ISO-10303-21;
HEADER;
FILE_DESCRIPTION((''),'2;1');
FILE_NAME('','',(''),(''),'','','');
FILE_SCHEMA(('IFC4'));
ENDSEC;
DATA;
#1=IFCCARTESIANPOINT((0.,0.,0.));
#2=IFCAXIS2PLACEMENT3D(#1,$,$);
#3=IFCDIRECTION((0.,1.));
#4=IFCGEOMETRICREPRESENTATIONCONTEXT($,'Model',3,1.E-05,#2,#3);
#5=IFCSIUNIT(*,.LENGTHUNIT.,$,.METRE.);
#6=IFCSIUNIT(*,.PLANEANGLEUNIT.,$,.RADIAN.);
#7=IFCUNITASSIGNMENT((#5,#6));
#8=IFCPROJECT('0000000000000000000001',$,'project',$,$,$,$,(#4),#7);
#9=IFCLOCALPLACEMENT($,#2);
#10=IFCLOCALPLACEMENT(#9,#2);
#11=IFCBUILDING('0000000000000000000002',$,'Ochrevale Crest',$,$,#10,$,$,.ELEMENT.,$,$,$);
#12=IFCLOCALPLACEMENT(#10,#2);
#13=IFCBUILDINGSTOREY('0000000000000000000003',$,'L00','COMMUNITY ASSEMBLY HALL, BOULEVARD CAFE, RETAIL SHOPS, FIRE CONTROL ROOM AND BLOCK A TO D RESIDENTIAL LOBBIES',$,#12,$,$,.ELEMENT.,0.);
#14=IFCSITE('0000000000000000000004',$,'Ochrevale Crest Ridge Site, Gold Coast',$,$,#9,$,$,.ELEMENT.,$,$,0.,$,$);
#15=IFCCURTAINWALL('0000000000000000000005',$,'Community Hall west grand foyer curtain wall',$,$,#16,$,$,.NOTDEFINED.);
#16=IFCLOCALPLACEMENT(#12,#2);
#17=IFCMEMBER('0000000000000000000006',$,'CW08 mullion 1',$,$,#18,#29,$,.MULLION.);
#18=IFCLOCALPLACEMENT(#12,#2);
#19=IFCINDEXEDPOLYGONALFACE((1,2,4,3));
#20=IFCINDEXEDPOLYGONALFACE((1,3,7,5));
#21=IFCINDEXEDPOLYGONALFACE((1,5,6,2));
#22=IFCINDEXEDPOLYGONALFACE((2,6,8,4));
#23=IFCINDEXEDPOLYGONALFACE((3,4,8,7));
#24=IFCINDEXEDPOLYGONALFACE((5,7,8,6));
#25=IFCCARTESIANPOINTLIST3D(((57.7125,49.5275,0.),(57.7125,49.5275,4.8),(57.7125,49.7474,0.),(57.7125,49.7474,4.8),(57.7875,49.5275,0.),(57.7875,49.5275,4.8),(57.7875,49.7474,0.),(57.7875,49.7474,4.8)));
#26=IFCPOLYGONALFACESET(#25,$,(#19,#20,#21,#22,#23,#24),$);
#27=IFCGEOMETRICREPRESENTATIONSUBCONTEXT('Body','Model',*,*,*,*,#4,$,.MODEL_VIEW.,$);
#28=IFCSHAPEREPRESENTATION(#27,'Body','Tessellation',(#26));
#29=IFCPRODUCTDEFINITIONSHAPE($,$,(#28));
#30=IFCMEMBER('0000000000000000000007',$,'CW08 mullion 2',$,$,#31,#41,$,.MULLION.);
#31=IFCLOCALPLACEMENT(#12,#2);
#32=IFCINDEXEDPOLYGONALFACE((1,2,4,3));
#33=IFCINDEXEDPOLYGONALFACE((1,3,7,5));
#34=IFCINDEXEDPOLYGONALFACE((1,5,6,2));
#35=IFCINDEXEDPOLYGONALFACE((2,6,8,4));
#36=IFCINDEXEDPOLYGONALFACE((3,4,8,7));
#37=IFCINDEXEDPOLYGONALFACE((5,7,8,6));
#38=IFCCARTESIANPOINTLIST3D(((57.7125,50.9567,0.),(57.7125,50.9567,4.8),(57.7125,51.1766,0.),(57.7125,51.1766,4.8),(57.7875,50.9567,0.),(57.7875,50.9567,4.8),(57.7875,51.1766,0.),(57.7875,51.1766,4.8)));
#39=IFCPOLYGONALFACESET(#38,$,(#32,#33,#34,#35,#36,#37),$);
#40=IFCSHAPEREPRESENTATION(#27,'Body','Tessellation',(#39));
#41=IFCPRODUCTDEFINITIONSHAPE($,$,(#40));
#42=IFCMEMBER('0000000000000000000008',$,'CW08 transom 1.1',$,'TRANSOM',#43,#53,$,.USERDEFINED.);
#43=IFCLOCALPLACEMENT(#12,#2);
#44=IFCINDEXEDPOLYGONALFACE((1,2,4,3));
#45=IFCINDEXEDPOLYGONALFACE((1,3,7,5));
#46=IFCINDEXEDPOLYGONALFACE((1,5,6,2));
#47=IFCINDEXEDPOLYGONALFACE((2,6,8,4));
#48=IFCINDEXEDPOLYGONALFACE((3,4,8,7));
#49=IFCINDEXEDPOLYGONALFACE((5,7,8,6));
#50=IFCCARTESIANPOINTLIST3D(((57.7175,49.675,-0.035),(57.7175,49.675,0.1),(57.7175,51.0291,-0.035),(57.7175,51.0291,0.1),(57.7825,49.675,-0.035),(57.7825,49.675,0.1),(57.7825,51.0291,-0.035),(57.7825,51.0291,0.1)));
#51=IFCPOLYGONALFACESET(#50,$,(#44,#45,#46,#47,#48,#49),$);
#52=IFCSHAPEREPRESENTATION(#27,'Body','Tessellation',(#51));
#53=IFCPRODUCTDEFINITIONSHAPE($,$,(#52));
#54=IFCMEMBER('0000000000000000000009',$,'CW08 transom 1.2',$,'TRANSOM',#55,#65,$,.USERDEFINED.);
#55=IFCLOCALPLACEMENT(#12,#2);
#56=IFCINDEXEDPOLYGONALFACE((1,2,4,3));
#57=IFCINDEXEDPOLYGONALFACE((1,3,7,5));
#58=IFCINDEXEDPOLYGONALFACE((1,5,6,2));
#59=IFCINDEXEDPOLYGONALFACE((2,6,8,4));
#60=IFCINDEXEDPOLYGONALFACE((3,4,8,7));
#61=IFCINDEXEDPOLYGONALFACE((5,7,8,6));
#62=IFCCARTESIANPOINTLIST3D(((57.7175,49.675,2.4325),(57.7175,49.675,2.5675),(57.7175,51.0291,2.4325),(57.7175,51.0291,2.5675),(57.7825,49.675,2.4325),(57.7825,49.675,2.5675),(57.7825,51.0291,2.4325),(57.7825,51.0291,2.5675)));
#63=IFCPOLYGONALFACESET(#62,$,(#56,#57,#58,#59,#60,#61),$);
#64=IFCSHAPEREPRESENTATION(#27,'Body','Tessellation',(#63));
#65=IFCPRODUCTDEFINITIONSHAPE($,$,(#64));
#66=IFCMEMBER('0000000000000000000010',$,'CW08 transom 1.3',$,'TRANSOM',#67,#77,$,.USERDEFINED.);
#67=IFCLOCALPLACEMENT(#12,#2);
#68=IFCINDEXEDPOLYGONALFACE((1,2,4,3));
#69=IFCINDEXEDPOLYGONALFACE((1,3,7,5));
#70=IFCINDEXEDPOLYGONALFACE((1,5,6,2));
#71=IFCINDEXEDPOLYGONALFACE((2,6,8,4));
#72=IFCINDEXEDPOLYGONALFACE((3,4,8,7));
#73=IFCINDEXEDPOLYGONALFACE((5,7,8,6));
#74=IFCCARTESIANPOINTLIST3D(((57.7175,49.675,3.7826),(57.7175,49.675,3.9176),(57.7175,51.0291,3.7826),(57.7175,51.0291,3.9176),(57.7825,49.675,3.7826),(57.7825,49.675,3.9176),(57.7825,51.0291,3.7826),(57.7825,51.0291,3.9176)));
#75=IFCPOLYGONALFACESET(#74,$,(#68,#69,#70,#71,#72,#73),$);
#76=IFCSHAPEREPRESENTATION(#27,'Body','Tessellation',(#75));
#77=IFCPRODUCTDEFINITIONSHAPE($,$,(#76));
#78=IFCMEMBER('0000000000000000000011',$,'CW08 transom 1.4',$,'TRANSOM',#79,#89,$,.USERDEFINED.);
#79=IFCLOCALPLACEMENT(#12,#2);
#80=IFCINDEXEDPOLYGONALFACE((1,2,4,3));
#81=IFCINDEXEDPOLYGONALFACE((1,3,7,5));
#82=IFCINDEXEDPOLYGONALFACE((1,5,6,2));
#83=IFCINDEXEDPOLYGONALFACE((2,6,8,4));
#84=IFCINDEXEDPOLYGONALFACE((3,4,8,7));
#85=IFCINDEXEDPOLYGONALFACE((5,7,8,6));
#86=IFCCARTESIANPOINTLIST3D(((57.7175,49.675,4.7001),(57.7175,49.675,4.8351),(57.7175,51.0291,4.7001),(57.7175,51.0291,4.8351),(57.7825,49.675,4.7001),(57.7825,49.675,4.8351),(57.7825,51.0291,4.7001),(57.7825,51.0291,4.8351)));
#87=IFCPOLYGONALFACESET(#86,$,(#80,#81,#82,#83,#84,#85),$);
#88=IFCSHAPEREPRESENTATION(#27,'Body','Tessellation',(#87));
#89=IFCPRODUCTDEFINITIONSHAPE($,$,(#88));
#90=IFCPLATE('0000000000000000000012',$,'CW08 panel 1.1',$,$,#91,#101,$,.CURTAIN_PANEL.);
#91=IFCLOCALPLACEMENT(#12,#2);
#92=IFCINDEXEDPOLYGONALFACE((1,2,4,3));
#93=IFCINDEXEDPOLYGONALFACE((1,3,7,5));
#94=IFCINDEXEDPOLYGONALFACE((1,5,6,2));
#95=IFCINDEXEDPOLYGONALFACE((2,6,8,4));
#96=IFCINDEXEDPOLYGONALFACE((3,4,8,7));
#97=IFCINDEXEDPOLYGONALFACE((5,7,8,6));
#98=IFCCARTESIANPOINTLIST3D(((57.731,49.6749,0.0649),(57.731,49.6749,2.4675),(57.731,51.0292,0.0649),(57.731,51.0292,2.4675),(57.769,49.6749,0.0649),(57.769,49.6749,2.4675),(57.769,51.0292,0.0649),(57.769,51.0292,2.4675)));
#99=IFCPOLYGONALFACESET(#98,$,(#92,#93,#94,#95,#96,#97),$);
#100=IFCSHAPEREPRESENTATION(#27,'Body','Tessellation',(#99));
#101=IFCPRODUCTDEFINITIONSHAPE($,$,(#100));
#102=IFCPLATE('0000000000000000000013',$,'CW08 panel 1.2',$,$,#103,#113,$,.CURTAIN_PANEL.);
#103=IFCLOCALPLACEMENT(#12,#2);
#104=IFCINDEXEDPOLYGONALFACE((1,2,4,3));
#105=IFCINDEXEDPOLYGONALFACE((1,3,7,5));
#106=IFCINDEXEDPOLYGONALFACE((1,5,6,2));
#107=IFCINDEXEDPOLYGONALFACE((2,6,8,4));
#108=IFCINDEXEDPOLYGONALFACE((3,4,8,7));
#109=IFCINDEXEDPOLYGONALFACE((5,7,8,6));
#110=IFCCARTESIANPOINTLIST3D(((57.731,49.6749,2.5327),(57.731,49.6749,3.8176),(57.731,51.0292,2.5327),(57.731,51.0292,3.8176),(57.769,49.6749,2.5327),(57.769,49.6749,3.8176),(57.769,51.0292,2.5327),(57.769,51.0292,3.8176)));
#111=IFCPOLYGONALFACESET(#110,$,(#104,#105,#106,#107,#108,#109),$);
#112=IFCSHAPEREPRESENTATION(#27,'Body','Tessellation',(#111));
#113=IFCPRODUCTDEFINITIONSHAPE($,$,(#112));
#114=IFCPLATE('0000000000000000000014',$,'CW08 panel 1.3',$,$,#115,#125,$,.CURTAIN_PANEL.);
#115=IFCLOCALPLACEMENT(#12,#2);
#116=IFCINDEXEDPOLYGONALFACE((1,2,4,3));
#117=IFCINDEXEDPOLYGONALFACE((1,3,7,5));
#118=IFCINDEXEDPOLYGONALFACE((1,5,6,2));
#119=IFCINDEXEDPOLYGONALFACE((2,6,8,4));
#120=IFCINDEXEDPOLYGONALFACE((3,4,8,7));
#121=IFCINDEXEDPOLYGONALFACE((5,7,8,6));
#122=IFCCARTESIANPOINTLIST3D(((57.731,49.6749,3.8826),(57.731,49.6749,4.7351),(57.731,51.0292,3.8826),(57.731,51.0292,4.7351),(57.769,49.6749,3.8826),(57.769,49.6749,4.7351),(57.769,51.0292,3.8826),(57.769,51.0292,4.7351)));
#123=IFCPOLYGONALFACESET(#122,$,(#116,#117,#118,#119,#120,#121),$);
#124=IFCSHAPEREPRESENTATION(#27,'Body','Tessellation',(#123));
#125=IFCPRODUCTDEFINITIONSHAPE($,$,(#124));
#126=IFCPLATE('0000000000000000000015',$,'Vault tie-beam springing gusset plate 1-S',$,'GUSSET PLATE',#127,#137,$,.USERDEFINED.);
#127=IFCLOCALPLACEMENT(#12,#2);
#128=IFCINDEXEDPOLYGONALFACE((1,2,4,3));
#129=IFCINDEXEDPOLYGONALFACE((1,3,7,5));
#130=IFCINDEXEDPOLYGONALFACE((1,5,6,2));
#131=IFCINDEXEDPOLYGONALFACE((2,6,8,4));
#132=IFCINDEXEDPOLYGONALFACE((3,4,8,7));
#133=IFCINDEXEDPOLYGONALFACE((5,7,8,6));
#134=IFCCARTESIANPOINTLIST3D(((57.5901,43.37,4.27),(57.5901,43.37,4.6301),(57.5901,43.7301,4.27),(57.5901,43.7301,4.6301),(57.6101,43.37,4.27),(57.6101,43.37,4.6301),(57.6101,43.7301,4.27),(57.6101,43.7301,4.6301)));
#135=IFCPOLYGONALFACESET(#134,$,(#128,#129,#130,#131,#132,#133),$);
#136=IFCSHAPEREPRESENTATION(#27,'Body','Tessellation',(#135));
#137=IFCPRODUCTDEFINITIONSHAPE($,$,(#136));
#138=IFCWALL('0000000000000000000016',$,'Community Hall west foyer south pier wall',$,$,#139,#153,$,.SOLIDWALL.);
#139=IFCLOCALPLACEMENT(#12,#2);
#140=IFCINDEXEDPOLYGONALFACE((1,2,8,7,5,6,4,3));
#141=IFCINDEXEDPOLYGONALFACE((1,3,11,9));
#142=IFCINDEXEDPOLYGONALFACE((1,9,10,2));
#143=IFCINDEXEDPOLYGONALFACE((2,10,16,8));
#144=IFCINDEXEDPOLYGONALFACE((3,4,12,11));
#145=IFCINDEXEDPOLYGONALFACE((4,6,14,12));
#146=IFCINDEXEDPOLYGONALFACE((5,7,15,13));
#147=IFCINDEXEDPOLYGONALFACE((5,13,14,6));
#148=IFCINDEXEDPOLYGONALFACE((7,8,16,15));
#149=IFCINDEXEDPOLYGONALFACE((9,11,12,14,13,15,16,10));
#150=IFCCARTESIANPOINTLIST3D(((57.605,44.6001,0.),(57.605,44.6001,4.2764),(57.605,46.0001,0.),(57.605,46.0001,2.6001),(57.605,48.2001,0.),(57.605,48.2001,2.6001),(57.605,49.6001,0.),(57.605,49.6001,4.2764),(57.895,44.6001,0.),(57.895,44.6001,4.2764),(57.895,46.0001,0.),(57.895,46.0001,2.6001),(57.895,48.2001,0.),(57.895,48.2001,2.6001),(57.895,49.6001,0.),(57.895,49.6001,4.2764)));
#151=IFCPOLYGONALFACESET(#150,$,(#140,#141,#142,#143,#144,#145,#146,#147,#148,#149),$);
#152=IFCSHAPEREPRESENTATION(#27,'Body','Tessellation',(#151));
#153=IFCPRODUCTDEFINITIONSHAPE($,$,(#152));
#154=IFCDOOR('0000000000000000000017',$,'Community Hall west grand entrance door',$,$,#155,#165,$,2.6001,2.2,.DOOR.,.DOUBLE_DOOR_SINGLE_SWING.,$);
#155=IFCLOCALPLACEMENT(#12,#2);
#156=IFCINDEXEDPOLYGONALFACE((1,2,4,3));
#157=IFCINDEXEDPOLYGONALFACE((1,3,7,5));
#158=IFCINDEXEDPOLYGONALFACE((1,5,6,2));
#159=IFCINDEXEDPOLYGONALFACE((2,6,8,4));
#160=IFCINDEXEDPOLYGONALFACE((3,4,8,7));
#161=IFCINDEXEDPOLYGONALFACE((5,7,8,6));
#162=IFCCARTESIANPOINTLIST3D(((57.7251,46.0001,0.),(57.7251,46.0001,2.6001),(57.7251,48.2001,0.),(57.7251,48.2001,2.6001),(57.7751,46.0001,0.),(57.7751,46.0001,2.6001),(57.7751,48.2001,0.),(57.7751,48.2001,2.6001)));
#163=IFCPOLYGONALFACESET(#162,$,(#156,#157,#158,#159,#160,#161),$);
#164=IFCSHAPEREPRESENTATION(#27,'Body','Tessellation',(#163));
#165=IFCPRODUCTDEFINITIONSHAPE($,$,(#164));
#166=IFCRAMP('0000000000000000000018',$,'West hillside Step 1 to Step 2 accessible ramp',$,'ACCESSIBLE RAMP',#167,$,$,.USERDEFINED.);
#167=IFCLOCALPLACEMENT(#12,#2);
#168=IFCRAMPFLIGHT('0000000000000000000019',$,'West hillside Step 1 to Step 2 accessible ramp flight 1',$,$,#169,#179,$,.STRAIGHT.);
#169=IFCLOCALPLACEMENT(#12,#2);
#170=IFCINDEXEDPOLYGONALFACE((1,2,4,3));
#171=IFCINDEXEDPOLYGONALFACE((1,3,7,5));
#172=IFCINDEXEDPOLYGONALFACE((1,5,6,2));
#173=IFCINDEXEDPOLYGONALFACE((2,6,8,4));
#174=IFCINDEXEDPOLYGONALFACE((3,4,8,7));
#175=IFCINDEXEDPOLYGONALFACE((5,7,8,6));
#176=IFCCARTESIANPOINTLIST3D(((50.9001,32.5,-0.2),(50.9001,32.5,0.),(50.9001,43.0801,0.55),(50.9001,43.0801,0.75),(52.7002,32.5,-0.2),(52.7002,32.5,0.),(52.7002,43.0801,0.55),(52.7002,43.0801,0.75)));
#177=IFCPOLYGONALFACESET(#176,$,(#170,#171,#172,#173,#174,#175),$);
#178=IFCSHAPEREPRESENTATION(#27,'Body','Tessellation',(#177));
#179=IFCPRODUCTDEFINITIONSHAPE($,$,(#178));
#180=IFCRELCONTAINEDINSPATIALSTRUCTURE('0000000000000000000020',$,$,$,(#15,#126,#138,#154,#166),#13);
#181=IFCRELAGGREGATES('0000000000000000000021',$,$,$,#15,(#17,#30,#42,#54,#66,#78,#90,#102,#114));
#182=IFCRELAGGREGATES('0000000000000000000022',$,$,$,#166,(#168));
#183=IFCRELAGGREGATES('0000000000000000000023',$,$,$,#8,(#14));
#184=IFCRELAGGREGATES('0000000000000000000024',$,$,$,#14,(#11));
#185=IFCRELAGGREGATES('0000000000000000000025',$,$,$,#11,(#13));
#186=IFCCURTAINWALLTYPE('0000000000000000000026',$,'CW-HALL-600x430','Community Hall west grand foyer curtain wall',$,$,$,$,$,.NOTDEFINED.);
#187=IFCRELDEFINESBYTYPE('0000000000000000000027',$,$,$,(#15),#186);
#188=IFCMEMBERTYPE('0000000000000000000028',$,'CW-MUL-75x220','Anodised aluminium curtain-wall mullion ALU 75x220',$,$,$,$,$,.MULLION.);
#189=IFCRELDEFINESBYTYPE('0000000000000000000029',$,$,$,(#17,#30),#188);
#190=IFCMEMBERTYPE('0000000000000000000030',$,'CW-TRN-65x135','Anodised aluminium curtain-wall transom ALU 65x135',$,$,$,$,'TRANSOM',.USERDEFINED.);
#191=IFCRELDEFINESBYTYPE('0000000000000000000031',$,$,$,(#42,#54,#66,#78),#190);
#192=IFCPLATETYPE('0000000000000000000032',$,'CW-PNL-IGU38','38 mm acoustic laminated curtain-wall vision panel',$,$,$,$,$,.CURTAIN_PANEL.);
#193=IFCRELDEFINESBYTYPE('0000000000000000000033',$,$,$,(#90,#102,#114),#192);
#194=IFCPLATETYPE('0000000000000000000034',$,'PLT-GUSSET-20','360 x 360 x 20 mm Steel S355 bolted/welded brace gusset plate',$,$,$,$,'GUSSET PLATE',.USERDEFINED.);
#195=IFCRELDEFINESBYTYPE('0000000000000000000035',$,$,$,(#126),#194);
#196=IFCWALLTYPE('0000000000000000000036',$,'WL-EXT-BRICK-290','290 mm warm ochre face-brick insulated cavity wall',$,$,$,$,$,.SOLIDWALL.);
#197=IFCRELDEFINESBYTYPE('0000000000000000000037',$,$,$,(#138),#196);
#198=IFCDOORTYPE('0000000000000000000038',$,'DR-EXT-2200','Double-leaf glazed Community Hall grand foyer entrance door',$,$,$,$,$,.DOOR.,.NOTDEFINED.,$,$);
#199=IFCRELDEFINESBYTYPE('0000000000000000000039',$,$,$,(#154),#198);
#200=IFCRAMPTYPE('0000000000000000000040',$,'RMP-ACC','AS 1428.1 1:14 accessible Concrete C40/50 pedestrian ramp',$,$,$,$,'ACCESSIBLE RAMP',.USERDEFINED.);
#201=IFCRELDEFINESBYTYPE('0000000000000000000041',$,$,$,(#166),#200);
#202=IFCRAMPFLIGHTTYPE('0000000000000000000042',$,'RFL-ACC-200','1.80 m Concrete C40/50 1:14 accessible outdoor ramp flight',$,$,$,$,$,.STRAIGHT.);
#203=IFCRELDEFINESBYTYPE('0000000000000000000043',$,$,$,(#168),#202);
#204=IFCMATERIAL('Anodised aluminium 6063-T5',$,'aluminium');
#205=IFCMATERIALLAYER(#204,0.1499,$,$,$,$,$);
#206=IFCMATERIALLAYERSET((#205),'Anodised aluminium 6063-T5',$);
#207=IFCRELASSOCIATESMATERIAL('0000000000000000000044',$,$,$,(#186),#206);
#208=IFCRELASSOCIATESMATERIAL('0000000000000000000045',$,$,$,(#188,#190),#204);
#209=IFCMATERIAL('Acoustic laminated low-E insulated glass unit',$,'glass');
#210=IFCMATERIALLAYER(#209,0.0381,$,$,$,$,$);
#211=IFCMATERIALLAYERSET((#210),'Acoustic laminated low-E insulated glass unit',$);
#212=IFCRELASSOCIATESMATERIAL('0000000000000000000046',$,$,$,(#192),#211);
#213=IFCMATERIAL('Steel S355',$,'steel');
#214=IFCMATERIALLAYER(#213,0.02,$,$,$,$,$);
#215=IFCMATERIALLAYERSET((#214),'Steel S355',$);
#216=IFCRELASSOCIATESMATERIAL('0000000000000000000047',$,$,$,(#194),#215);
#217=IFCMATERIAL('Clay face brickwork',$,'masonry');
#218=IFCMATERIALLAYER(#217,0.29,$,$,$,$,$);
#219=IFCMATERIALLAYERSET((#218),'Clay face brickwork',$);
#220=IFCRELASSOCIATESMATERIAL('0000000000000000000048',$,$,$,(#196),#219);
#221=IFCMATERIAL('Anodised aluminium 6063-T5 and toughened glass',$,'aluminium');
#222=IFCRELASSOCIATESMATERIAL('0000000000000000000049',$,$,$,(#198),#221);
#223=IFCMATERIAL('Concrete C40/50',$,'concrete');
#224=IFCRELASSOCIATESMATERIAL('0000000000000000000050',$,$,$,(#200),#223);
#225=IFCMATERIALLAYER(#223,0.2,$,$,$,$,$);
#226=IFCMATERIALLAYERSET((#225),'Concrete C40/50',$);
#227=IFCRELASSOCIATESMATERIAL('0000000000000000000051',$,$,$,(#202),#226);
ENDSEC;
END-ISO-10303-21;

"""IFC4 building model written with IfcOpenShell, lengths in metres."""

from ifc_helpers import new_model, si_unit, direction, frame, frame_2d, origin, origin_2d, place, context, subcontext, project, spatial, polyline, rectangle, outline, extrude, material, layer, layer_set, material_profile, profile_set, type_object, element, fill, aggregate, save


model = new_model("IFC4")

# Units and contexts
model_context = context("Model", 3, precision=1e-05, world=origin(), true_north=direction((0.0, 1.0)))
body_context = subcontext(model_context, "Body", "Model", "MODEL_VIEW")
ifc_project = project(units=[si_unit("LENGTHUNIT", "METRE"), si_unit("PLANEANGLEUNIT", "RADIAN")], contexts=[model_context])

# Site, building, storey
site_placement = place(None, origin())
site = spatial("IfcSite", under=ifc_project, at=site_placement, Name="Ochrevale Crest Ridge Site, Gold Coast", CompositionType="ELEMENT", RefElevation=0.0)
building_placement = place(site_placement, origin())
building = spatial("IfcBuilding", under=site, at=building_placement, Name="Ochrevale Crest", CompositionType="ELEMENT")
storey_placement = place(building_placement, origin())
storey = spatial("IfcBuildingStorey", under=building, at=storey_placement, Name="L00", Description="COMMUNITY ASSEMBLY HALL, BOULEVARD CAFE, RETAIL SHOPS, FIRE CONTROL ROOM AND BLOCK A TO D RESIDENTIAL LOBBIES", CompositionType="ELEMENT", Elevation=0.0)

# Shared definitions
ifc_material_1 = material(Name="Steel S355", Category="steel")

# Curtain wall, members, plates
ifc_material_2 = material(Name="Anodised aluminium 6063-T5", Category="aluminium")
ifc_layer_1 = layer(ifc_material_2, 0.1499)
ifc_layer_set_1 = layer_set([ifc_layer_1], Name="Anodised aluminium 6063-T5")
curtain_wall_type = type_object("IfcCurtainWallType", Name="CW-HALL-600x430", Description="Community Hall west grand foyer curtain wall", PredefinedType="NOTDEFINED", material=ifc_layer_set_1)
curtain_wall_placement = place(storey_placement, origin())
curtain_wall = element("IfcCurtainWall", 1, at=curtain_wall_placement, inside=storey, type_object=curtain_wall_type, Name="Community Hall west grand foyer curtain wall", PredefinedType="NOTDEFINED")
ifc_material_profile_1 = material_profile(ifc_material_2, rectangle(XDim=0.075, YDim=0.22, at=origin_2d()), Name="ALU 75x220")
ifc_profile_set_1 = profile_set([ifc_material_profile_1], Name="Anodised aluminium 6063-T5")
member_type_1 = type_object("IfcMemberType", Name="CW-MUL-75x220", Description="Anodised aluminium curtain-wall mullion ALU 75x220", PredefinedType="MULLION", material=ifc_profile_set_1)
member_1_placement = place(storey_placement, frame((57.75, 49.6375, 0.0), z_axis=(0.0, 0.0, 1.0), x_axis=(-1.0, 0.0, 0.0)))
member_1 = element("IfcMember", 2, at=member_1_placement, type_object=member_type_1, Name="CW08 mullion 1", PredefinedType="MULLION", context=body_context, shape_type="SweptSolid", body=[
    extrude(rectangle(XDim=0.075, YDim=0.22, at=origin_2d()), origin(), (0.0, 0.0, 1.0), 4.8),
])
member_2_placement = place(storey_placement, frame((57.75, 51.0667, 0.0), z_axis=(0.0, 0.0, 1.0), x_axis=(-1.0, 0.0, 0.0)))
member_2 = element("IfcMember", 3, at=member_2_placement, type_object=member_type_1, Name="CW08 mullion 2", PredefinedType="MULLION", context=body_context, shape_type="SweptSolid", body=[
    extrude(rectangle(XDim=0.075, YDim=0.22, at=origin_2d()), origin(), (0.0, 0.0, 1.0), 4.8),
])
ifc_material_profile_2 = material_profile(ifc_material_2, rectangle(XDim=0.0649, YDim=0.135, at=origin_2d()), Name="ALU 65x135")
ifc_profile_set_2 = profile_set([ifc_material_profile_2], Name="Anodised aluminium 6063-T5")
member_type_2 = type_object("IfcMemberType", Name="CW-TRN-65x135", Description="Anodised aluminium curtain-wall transom ALU 65x135", ElementType="TRANSOM", PredefinedType="USERDEFINED", material=ifc_profile_set_2)
member_3_placement = place(storey_placement, frame((57.75, 49.675, 0.0325), z_axis=(0.0, 1.0, 0.0), x_axis=(-1.0, 0.0, 0.0)))
member_3 = element("IfcMember", 4, at=member_3_placement, type_object=member_type_2, Name="CW08 transom 1.1", ObjectType="TRANSOM", PredefinedType="USERDEFINED", context=body_context, shape_type="SweptSolid", body=[
    extrude(rectangle(XDim=0.0649, YDim=0.135, at=origin_2d()), origin(), (0.0, 0.0, 1.0), 1.354),
])
member_4_placement = place(storey_placement, frame((57.75, 49.675, 2.5), z_axis=(0.0, 1.0, 0.0), x_axis=(-1.0, 0.0, 0.0)))
member_4 = element("IfcMember", 5, at=member_4_placement, type_object=member_type_2, Name="CW08 transom 1.2", ObjectType="TRANSOM", PredefinedType="USERDEFINED", context=body_context, shape_type="SweptSolid", body=[
    extrude(rectangle(XDim=0.0649, YDim=0.135, at=origin_2d()), origin(), (0.0, 0.0, 1.0), 1.354),
])
member_5_placement = place(storey_placement, frame((57.75, 49.675, 3.8501), z_axis=(0.0, 1.0, 0.0), x_axis=(-1.0, 0.0, 0.0)))
member_5 = element("IfcMember", 6, at=member_5_placement, type_object=member_type_2, Name="CW08 transom 1.3", ObjectType="TRANSOM", PredefinedType="USERDEFINED", context=body_context, shape_type="SweptSolid", body=[
    extrude(rectangle(XDim=0.0649, YDim=0.135, at=origin_2d()), origin(), (0.0, 0.0, 1.0), 1.354),
])
member_6_placement = place(storey_placement, frame((57.75, 49.675, 4.7676), z_axis=(0.0, 1.0, 0.0), x_axis=(-1.0, 0.0, 0.0)))
member_6 = element("IfcMember", 7, at=member_6_placement, type_object=member_type_2, Name="CW08 transom 1.4", ObjectType="TRANSOM", PredefinedType="USERDEFINED", context=body_context, shape_type="SweptSolid", body=[
    extrude(rectangle(XDim=0.0649, YDim=0.135, at=origin_2d()), origin(), (0.0, 0.0, 1.0), 1.354),
])
ifc_material_3 = material(Name="Acoustic laminated low-E insulated glass unit", Category="glass")
ifc_layer_2 = layer(ifc_material_3, 0.0381)
ifc_layer_set_2 = layer_set([ifc_layer_2], Name="Acoustic laminated low-E insulated glass unit")
plate_type_1 = type_object("IfcPlateType", Name="CW-PNL-IGU38", Description="38 mm acoustic laminated curtain-wall vision panel", PredefinedType="CURTAIN_PANEL", material=ifc_layer_set_2)
plate_1_placement = place(storey_placement, frame((57.75, 50.3521, 0.0649), z_axis=(0.0, 0.0, 1.0), x_axis=(0.0, 1.0, 0.0)))
plate_1 = element("IfcPlate", 8, at=plate_1_placement, type_object=plate_type_1, Name="CW08 panel 1.1", PredefinedType="CURTAIN_PANEL", context=body_context, shape_type="SweptSolid", body=[
    extrude(rectangle(XDim=1.3542, YDim=0.0381, at=origin_2d()), origin(), (0.0, 0.0, 1.0), 2.4026),
])
plate_2_placement = place(storey_placement, frame((57.75, 50.3521, 2.5327), z_axis=(0.0, 0.0, 1.0), x_axis=(0.0, 1.0, 0.0)))
plate_2 = element("IfcPlate", 9, at=plate_2_placement, type_object=plate_type_1, Name="CW08 panel 1.2", PredefinedType="CURTAIN_PANEL", context=body_context, shape_type="SweptSolid", body=[
    extrude(rectangle(XDim=1.3542, YDim=0.0381, at=origin_2d()), origin(), (0.0, 0.0, 1.0), 1.2849),
])
plate_3_placement = place(storey_placement, frame((57.75, 50.3521, 3.8826), z_axis=(0.0, 0.0, 1.0), x_axis=(0.0, 1.0, 0.0)))
plate_3 = element("IfcPlate", 10, at=plate_3_placement, type_object=plate_type_1, Name="CW08 panel 1.3", PredefinedType="CURTAIN_PANEL", context=body_context, shape_type="SweptSolid", body=[
    extrude(rectangle(XDim=1.3542, YDim=0.0381, at=origin_2d()), origin(), (0.0, 0.0, 1.0), 0.8525),
])
aggregate(curtain_wall, [member_1, member_2, member_3, member_4, member_5, member_6, plate_1, plate_2, plate_3])

# Plate
ifc_layer_3 = layer(ifc_material_1, 0.02)
ifc_layer_set_3 = layer_set([ifc_layer_3], Name="Steel S355")
plate_type_2 = type_object("IfcPlateType", Name="PLT-GUSSET-20", Description="360 x 360 x 20 mm Steel S355 bolted/welded brace gusset plate", ElementType="GUSSET PLATE", PredefinedType="USERDEFINED", material=ifc_layer_set_3)
plate_4_placement = place(storey_placement, frame((57.6001, 43.55, 4.27), z_axis=(0.0, 0.0, 1.0), x_axis=(1.0, 0.0, 0.0)))
element("IfcPlate", 11, at=plate_4_placement, inside=storey, type_object=plate_type_2, Name="Vault tie-beam springing gusset plate 1-S", ObjectType="GUSSET PLATE", PredefinedType="USERDEFINED", context=body_context, shape_type="SweptSolid", body=[
    extrude(rectangle(XDim=0.02, YDim=0.3601, at=origin_2d()), origin(), (0.0, 0.0, 1.0), 0.3601),
])

# Wall, opening, door
ifc_material_4 = material(Name="Clay face brickwork", Category="masonry")
ifc_layer_4 = layer(ifc_material_4, 0.29)
ifc_layer_set_4 = layer_set([ifc_layer_4], Name="Clay face brickwork")
wall_type = type_object("IfcWallType", Name="WL-EXT-BRICK-290", Description="290 mm warm ochre face-brick insulated cavity wall", PredefinedType="SOLIDWALL", material=ifc_layer_set_4)
wall_placement = place(storey_placement, frame((57.75, 44.6001, 0.0), z_axis=(0.0, 0.0, 1.0), x_axis=(0.0, 1.0, 0.0)))
wall = element("IfcWall", 12, at=wall_placement, inside=storey, type_object=wall_type, Name="Community Hall west foyer south pier wall", PredefinedType="SOLIDWALL", context=body_context, shape_type="SweptSolid", body=[
    extrude(rectangle(XDim=5.0, YDim=0.29, at=frame_2d((2.5, 0.0))), origin(), (0.0, 0.0, 1.0), 4.2764),
])
opening_placement = place(wall_placement, frame((1.3999, 0.0, 0.0)))
opening = element("IfcOpeningElement", 13, at=opening_placement, cuts=wall, PredefinedType="OPENING", context=body_context, shape_type="SweptSolid", body=[
    extrude(rectangle(XDim=2.2, YDim=2.6001, at=frame_2d((1.1001, 1.3))), frame((0.0, 0.155, 0.0), z_axis=(0.0, -1.0, 0.0), x_axis=(1.0, 0.0, 0.0)), (0.0, 0.0, 1.0), 0.3101),
])
ifc_material_5 = material(Name="Anodised aluminium 6063-T5 and toughened glass", Category="aluminium")
door_type = type_object("IfcDoorType", Name="DR-EXT-2200", Description="Double-leaf glazed Community Hall grand foyer entrance door", OperationType="NOTDEFINED", PredefinedType="DOOR", material=ifc_material_5)
door_placement = place(opening_placement, origin())
door = element("IfcDoor", 14, at=door_placement, inside=storey, type_object=door_type, Name="Community Hall west grand entrance door", OperationType="DOUBLE_DOOR_SINGLE_SWING", OverallHeight=2.6001, OverallWidth=2.2, PredefinedType="DOOR", context=body_context, shape_type="SweptSolid", body=[
    extrude(rectangle(XDim=2.2, YDim=2.6001, at=frame_2d((1.1001, 1.3))), frame((0.0, 0.0249, 0.0), z_axis=(0.0, -1.0, 0.0), x_axis=(1.0, 0.0, 0.0)), (0.0, 0.0, 1.0), 0.05),
])
fill(opening, door)

# Ramp, ramp flight
ifc_material_6 = material(Name="Concrete C40/50", Category="concrete")
ramp_type = type_object("IfcRampType", Name="RMP-ACC", Description="AS 1428.1 1:14 accessible Concrete C40/50 pedestrian ramp", ElementType="ACCESSIBLE RAMP", PredefinedType="USERDEFINED", material=ifc_material_6)
ramp_placement = place(storey_placement, origin())
ramp = element("IfcRamp", 15, at=ramp_placement, inside=storey, type_object=ramp_type, Name="West hillside Step 1 to Step 2 accessible ramp", ObjectType="ACCESSIBLE RAMP", PredefinedType="USERDEFINED")
ifc_layer_5 = layer(ifc_material_6, 0.2)
ifc_layer_set_5 = layer_set([ifc_layer_5], Name="Concrete C40/50")
ramp_flight_type = type_object("IfcRampFlightType", Name="RFL-ACC-200", Description="1.80 m Concrete C40/50 1:14 accessible outdoor ramp flight", PredefinedType="STRAIGHT", material=ifc_layer_set_5)
ramp_flight_1_placement = place(storey_placement, frame((51.8, 32.5, 0.0), z_axis=(0.0, 0.0, 1.0), x_axis=(0.0, 1.0, 0.0)))
ramp_flight_1 = element("IfcRampFlight", 16, at=ramp_flight_1_placement, type_object=ramp_flight_type, Name="West hillside Step 1 to Step 2 accessible ramp flight 1", PredefinedType="STRAIGHT", context=body_context, shape_type="SweptSolid", body=[
    extrude(outline(polyline([(0.0, -0.2), (10.5801, 0.55), (10.5801, 0.75), (0.0, 0.0), (0.0, -0.2)])), frame((0.0, 0.8999, 0.0), z_axis=(0.0, -1.0, 0.0), x_axis=(1.0, 0.0, 0.0)), (0.0, 0.0, 1.0), 1.8),
])
aggregate(ramp, [ramp_flight_1])

save(model, "model.ifc")
